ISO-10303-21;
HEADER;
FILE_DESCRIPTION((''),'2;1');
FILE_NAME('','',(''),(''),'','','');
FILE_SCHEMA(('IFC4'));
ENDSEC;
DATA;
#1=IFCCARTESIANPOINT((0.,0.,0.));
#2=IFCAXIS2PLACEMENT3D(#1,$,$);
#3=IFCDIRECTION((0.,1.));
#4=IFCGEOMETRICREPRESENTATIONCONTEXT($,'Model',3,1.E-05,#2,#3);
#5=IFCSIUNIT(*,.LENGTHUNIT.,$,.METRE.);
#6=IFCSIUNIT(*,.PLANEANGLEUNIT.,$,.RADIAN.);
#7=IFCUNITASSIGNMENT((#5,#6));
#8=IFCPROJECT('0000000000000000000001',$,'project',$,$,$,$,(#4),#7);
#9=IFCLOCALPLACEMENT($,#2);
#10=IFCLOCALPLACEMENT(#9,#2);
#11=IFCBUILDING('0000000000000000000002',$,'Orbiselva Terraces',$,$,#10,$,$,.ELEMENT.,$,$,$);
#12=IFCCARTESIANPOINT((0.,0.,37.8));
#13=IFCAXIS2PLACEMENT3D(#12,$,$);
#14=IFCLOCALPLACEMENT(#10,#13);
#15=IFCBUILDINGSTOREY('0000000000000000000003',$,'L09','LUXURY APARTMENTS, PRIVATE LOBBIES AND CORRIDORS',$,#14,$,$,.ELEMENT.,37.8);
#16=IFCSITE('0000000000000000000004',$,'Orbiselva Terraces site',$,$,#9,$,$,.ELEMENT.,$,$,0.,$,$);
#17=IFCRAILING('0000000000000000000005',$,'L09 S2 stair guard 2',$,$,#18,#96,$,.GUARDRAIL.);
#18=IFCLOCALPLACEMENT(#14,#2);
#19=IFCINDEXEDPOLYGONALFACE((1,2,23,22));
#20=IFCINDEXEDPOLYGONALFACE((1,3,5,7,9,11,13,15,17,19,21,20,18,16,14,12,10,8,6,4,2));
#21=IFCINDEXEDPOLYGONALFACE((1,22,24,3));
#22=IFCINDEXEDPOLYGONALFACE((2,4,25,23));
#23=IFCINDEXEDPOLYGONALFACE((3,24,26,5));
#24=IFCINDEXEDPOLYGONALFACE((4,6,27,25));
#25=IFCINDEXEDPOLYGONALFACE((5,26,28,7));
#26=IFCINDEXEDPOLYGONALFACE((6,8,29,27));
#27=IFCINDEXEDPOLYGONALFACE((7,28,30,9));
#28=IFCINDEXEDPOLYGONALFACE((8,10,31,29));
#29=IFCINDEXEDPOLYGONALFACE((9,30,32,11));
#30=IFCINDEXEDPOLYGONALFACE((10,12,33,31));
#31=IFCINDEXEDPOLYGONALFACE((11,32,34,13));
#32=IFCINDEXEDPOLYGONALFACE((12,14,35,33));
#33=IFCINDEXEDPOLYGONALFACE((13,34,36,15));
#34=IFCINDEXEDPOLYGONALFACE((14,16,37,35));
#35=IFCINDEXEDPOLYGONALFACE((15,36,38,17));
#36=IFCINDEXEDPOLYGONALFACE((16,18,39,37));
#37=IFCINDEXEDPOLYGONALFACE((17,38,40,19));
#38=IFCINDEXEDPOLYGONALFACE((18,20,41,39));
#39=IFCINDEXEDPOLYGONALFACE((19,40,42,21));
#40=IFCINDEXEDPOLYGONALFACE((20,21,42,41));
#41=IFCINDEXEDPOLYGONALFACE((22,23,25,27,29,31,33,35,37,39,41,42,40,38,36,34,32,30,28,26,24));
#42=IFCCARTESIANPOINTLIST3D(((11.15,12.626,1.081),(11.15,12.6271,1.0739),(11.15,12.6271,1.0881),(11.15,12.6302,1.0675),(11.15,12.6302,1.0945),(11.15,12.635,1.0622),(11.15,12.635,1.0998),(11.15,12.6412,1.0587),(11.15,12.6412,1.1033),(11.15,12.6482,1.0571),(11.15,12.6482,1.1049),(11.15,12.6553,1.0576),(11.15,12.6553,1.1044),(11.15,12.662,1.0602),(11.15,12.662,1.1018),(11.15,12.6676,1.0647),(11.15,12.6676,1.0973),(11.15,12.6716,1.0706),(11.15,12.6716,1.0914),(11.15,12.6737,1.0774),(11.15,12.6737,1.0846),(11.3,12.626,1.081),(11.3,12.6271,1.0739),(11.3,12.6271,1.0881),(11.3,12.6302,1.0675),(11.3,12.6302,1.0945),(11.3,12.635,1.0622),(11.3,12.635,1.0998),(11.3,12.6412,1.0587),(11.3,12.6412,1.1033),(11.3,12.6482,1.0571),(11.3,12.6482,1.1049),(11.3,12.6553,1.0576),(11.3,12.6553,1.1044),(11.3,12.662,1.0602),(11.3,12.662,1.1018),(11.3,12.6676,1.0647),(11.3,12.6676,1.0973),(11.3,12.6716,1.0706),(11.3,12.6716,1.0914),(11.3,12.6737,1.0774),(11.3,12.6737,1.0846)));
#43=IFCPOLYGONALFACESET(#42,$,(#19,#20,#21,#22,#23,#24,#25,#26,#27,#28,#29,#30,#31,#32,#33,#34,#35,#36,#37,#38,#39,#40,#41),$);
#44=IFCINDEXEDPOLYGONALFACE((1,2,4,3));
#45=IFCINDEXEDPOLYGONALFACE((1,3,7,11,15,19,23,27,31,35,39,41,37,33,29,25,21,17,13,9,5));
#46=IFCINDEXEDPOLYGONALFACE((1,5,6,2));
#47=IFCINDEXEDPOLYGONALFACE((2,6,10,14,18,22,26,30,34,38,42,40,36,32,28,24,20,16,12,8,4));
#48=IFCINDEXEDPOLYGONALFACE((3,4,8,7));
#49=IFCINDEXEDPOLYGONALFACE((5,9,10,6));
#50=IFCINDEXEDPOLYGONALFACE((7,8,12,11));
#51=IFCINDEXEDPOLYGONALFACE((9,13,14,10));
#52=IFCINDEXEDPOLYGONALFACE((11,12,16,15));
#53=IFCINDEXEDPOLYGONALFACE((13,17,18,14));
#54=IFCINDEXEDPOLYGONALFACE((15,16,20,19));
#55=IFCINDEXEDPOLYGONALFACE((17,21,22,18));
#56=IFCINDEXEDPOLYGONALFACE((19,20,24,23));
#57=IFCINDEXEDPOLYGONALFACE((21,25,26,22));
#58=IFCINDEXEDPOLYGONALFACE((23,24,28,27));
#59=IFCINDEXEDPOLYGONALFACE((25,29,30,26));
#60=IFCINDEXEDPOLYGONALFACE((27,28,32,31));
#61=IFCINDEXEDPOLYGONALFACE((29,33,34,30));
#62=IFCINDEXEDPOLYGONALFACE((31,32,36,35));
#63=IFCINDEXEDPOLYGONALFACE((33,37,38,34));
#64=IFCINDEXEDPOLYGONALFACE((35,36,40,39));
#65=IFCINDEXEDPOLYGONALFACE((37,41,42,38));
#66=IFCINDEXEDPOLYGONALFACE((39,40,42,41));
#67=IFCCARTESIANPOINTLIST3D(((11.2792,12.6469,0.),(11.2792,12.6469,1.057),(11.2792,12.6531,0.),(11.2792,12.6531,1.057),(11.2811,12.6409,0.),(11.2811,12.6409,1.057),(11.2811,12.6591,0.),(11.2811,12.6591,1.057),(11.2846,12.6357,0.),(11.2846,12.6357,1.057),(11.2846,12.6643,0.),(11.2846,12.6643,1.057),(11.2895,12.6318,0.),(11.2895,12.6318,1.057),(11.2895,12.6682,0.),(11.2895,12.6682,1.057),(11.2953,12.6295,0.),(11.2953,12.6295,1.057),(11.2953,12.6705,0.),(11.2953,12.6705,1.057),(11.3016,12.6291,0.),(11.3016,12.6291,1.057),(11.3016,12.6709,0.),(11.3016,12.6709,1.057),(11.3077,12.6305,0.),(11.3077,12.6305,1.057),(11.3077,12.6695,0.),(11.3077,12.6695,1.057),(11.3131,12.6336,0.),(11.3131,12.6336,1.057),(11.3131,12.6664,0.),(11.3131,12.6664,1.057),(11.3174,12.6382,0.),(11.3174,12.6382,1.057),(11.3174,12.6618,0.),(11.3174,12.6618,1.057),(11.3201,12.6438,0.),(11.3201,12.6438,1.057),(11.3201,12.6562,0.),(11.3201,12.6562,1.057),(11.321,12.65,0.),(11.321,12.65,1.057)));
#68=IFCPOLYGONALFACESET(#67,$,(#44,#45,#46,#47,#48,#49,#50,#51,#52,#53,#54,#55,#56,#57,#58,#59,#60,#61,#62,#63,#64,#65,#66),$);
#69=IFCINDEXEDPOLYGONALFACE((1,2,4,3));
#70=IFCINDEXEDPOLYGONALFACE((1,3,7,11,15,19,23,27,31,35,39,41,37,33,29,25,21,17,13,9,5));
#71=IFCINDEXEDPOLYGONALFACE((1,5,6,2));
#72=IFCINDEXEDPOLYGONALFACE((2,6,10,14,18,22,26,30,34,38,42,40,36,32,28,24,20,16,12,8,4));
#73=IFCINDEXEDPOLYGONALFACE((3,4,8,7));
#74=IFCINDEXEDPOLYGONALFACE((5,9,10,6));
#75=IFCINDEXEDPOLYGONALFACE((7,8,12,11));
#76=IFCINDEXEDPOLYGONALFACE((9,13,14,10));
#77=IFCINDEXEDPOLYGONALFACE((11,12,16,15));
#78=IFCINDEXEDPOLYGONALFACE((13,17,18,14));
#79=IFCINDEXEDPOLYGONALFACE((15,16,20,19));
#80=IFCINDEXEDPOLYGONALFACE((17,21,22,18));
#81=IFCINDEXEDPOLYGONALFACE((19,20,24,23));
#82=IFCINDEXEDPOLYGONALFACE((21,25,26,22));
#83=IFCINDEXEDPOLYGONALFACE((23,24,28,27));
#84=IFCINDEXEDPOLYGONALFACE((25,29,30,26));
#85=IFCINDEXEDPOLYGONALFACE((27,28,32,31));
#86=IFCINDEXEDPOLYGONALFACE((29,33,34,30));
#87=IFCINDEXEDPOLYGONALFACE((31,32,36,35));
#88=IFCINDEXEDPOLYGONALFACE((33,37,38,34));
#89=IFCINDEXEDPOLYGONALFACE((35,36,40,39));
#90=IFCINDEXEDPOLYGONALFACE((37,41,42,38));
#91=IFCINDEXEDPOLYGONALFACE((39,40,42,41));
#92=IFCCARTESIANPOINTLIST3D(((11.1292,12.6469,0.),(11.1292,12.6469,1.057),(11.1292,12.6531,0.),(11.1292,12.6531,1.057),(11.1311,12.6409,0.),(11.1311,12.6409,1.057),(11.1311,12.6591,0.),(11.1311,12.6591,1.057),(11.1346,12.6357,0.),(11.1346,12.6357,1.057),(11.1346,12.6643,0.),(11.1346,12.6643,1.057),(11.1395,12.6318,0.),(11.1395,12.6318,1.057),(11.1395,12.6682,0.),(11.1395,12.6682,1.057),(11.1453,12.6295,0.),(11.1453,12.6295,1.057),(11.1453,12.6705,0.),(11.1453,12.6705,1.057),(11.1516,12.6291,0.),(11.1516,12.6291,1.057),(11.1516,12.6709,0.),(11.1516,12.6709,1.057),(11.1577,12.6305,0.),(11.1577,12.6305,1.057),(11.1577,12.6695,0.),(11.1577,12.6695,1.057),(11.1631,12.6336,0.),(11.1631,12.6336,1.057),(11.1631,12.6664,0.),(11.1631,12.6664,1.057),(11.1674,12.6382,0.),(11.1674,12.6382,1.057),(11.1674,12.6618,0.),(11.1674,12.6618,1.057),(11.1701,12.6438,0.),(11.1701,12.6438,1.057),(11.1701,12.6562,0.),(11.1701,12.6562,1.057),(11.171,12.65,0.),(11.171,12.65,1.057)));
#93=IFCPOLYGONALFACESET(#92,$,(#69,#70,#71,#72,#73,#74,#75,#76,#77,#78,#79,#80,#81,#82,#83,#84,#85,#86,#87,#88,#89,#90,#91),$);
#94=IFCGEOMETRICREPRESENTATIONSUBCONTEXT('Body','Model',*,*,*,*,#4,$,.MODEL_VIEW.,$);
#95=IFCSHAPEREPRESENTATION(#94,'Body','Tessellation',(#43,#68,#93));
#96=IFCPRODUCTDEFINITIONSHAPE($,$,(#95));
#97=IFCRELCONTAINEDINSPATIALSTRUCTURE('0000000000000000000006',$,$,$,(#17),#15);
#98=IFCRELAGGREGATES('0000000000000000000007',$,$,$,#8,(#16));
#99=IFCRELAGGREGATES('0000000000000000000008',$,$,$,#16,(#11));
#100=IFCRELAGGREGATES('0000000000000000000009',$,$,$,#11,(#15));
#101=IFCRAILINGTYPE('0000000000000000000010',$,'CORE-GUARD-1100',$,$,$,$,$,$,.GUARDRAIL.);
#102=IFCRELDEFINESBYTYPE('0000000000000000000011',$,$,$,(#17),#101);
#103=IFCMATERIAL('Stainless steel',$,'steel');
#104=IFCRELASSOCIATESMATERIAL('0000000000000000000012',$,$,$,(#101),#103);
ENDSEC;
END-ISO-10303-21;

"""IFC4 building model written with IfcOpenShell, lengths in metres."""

from ifc_helpers import new_model, si_unit, direction, frame, origin, origin_2d, place, context, subcontext, project, spatial, circle, extrude, material, type_object, element, save


model = new_model("IFC4")

# Units and contexts
model_context = context("Model", 3, precision=1e-05, world=origin(), true_north=direction((0.0, 1.0)))
body_context = subcontext(model_context, "Body", "Model", "MODEL_VIEW")
ifc_project = project(units=[si_unit("LENGTHUNIT", "METRE"), si_unit("PLANEANGLEUNIT", "RADIAN")], contexts=[model_context])

# Site, building, storey
site_placement = place(None, origin())
site = spatial("IfcSite", under=ifc_project, at=site_placement, Name="Orbiselva Terraces site", CompositionType="ELEMENT", RefElevation=0.0)
building_placement = place(site_placement, origin())
building = spatial("IfcBuilding", under=site, at=building_placement, Name="Orbiselva Terraces", CompositionType="ELEMENT")
storey_placement = place(building_placement, frame((0.0, 0.0, 37.8)))
storey = spatial("IfcBuildingStorey", under=building, at=storey_placement, Name="L09", Description="LUXURY APARTMENTS, PRIVATE LOBBIES AND CORRIDORS", CompositionType="ELEMENT", Elevation=37.8)

# Railing
ifc_material_1 = material(Name="Stainless steel", Category="steel")
railing_type = type_object("IfcRailingType", Name="CORE-GUARD-1100", PredefinedType="GUARDRAIL", material=ifc_material_1)
railing_1_placement = place(storey_placement, frame((11.3, 12.65, 0.0)))
element("IfcRailing", 1, at=railing_1_placement, inside=storey, type_object=railing_type, Name="L09 S2 stair guard 2", PredefinedType="GUARDRAIL", context=body_context, shape_type="SweptSolid", body=[
    extrude(circle(Radius=0.024, at=origin_2d()), frame((0.0, 0.0, 1.081), z_axis=(-1.0, 0.0, 0.0), x_axis=(0.0, -1.0, 0.0)), (0.0, 0.0, 1.0), 0.15),
    extrude(circle(Radius=0.021, at=origin_2d()), origin(), (0.0, 0.0, 1.0), 1.057),
    extrude(circle(Radius=0.021, at=origin_2d()), frame((-0.15, 0.0, 0.0)), (0.0, 0.0, 1.0), 1.057),
])

save(model, "model.ifc")
